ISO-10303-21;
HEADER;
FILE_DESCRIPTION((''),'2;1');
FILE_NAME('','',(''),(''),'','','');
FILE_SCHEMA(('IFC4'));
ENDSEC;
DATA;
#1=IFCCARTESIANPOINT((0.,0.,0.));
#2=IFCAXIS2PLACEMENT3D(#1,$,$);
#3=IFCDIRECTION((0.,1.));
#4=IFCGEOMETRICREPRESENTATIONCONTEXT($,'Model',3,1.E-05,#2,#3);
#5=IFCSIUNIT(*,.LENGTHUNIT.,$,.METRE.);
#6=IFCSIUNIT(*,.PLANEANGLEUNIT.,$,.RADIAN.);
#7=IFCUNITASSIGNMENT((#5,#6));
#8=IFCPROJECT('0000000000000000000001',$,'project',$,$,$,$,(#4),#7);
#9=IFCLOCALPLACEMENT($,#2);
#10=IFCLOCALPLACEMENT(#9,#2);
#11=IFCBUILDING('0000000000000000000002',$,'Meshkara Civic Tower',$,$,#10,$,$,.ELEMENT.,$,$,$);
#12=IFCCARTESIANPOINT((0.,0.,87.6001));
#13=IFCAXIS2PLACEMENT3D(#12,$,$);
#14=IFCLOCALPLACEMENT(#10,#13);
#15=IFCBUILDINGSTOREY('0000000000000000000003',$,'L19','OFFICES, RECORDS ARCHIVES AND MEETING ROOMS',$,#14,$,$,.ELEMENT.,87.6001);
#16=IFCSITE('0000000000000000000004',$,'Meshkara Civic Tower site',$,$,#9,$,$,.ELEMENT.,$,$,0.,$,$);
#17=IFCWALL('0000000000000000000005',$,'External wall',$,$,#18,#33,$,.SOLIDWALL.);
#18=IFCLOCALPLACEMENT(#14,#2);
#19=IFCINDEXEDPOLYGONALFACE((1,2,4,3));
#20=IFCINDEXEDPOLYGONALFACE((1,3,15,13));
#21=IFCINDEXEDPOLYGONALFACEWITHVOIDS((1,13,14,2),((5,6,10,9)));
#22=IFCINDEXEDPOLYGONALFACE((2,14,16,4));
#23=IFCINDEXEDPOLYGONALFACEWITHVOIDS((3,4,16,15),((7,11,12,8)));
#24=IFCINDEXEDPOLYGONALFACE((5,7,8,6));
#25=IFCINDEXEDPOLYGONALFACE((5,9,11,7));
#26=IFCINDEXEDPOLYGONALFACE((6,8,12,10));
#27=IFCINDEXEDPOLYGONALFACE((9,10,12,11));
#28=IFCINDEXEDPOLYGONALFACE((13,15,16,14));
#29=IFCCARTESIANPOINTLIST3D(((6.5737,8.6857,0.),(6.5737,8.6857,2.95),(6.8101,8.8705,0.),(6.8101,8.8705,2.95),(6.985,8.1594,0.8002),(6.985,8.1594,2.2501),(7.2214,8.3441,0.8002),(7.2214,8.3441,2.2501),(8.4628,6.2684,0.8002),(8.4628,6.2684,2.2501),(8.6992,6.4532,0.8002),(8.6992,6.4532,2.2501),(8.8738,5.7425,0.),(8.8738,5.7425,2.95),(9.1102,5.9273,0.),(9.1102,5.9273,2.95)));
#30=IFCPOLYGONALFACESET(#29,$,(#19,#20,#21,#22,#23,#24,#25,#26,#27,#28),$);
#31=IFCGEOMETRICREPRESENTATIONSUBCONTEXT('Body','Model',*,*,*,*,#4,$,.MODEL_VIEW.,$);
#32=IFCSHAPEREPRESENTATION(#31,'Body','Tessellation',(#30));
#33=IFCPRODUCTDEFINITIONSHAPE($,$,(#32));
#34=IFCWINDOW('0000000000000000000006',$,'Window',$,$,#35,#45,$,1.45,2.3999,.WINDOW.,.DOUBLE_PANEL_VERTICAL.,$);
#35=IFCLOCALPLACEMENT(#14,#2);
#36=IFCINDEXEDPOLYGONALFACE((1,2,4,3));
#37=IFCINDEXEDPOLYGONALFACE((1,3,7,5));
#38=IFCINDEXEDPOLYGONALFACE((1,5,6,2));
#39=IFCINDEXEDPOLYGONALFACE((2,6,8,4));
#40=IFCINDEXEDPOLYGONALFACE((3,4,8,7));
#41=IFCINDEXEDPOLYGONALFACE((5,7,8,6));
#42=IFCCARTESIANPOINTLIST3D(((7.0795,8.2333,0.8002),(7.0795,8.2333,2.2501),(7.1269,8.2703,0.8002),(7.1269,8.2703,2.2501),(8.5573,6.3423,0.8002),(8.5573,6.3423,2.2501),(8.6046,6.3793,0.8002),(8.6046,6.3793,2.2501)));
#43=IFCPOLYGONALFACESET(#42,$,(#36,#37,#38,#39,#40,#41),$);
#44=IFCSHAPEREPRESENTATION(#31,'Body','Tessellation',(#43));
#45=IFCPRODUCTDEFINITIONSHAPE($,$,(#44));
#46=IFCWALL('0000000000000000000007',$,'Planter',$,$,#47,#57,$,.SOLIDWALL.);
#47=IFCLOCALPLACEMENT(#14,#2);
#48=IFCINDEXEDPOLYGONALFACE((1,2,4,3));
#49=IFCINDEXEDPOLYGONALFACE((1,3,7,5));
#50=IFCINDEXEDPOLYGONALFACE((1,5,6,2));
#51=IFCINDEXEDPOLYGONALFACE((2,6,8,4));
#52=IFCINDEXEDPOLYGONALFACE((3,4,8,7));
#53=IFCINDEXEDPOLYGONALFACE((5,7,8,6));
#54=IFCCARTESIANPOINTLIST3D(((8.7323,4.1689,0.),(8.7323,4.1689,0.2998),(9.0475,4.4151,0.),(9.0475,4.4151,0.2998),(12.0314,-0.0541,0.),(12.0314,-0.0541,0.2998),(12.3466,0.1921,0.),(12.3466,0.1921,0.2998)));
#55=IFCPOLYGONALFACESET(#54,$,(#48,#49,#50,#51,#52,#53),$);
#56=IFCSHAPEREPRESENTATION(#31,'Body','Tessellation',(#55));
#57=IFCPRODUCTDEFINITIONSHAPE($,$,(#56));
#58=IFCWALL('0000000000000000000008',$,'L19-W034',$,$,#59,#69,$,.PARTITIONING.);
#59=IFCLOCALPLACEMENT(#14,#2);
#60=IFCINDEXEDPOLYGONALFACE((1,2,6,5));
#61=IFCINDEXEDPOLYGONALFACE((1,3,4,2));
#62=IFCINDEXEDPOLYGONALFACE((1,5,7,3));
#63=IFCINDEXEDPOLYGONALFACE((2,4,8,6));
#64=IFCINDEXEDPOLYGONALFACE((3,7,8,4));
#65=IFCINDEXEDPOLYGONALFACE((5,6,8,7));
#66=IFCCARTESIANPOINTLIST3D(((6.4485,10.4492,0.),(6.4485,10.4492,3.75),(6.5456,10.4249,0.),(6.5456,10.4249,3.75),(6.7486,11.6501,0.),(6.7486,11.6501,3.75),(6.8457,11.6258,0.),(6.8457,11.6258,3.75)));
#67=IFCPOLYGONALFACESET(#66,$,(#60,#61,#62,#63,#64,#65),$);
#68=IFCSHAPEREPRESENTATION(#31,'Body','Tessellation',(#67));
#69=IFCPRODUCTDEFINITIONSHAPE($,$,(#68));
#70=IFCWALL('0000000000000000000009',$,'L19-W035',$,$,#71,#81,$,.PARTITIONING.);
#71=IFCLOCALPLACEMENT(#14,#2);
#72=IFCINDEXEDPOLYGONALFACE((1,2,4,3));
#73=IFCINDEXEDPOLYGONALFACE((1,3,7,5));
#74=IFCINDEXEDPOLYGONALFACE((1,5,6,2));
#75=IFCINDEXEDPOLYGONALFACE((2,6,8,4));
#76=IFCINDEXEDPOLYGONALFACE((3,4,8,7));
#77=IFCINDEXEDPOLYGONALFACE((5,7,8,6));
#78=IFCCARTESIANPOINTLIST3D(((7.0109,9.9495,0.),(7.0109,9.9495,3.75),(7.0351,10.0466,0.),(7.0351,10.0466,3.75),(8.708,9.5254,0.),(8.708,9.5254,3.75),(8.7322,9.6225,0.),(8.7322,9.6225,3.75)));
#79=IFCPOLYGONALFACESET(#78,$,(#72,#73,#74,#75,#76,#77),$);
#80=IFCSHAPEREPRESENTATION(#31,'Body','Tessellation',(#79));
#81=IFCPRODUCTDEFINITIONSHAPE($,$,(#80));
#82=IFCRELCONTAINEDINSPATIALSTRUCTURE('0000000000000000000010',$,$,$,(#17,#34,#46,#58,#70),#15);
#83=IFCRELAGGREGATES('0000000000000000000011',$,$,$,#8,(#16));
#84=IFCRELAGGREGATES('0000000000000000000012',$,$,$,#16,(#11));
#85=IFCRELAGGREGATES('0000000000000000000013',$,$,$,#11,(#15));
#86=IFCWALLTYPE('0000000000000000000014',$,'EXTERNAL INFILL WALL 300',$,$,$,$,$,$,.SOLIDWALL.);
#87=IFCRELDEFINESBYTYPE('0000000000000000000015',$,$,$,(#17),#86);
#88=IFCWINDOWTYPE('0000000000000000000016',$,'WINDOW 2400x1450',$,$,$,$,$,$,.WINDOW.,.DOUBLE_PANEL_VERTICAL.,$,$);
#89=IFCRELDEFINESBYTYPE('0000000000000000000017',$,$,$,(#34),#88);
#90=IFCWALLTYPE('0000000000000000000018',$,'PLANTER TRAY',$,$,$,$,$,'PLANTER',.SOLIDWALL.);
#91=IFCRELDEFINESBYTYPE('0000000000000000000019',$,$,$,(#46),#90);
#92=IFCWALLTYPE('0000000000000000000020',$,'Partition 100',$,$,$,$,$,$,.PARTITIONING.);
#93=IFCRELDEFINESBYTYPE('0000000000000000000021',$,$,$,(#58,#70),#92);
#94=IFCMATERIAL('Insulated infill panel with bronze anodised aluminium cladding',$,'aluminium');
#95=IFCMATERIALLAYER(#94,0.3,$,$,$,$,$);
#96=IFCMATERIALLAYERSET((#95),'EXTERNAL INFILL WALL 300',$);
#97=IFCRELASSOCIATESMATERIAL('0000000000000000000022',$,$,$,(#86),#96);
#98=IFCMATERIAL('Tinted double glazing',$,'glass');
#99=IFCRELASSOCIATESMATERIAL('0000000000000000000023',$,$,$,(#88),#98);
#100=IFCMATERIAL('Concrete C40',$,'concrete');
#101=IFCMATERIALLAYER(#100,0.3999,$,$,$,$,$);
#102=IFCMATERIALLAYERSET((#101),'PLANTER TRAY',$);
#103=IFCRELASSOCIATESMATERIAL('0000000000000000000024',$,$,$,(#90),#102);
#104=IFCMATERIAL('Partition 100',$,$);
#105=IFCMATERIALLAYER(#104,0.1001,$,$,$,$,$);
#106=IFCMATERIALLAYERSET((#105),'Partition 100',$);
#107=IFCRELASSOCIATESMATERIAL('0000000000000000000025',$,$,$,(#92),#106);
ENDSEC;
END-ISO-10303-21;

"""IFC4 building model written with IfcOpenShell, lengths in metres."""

from ifc_helpers import new_model, si_unit, direction, frame, frame_2d, origin, place, context, subcontext, project, spatial, rectangle, extrude, material, layer, layer_set, type_object, element, fill, save


model = new_model("IFC4")

# Units and contexts
model_context = context("Model", 3, precision=1e-05, world=origin(), true_north=direction((0.0, 1.0)))
body_context = subcontext(model_context, "Body", "Model", "MODEL_VIEW")
ifc_project = project(units=[si_unit("LENGTHUNIT", "METRE"), si_unit("PLANEANGLEUNIT", "RADIAN")], contexts=[model_context])

# Site, building, storey
site_placement = place(None, origin())
site = spatial("IfcSite", under=ifc_project, at=site_placement, Name="Meshkara Civic Tower site", CompositionType="ELEMENT", RefElevation=0.0)
building_placement = place(site_placement, origin())
building = spatial("IfcBuilding", under=site, at=building_placement, Name="Meshkara Civic Tower", CompositionType="ELEMENT")
storey_placement = place(building_placement, frame((0.0, 0.0, 87.6001)))
storey = spatial("IfcBuildingStorey", under=building, at=storey_placement, Name="L19", Description="OFFICES, RECORDS ARCHIVES AND MEETING ROOMS", CompositionType="ELEMENT", Elevation=87.6001)

# Wall, opening, window
ifc_material_1 = material(Name="Insulated infill panel with bronze anodised aluminium cladding", Category="aluminium")
ifc_layer_1 = layer(ifc_material_1, 0.3)
ifc_layer_set_1 = layer_set([ifc_layer_1], Name="EXTERNAL INFILL WALL 300")
wall_type_1 = type_object("IfcWallType", Name="EXTERNAL INFILL WALL 300", PredefinedType="SOLIDWALL", material=ifc_layer_set_1)
wall_1_placement = place(storey_placement, frame((6.6919, 8.7781, 0.0), z_axis=(0.0, 0.0, 1.0), x_axis=(0.615767, -0.787928, 0.0)))
wall_1 = element("IfcWall", 1, at=wall_1_placement, inside=storey, type_object=wall_type_1, Name="External wall", PredefinedType="SOLIDWALL", context=body_context, shape_type="SweptSolid", body=[
    extrude(rectangle(XDim=3.7354, YDim=0.3, at=frame_2d((1.8677, 0.0))), origin(), (0.0, 0.0, 1.0), 2.95),
])
opening_1_placement = place(wall_1_placement, frame((0.668, 0.0, 0.8)))
opening_1 = element("IfcOpeningElement", 2, at=opening_1_placement, cuts=wall_1, PredefinedType="OPENING", context=body_context, shape_type="SweptSolid", body=[
    extrude(rectangle(XDim=2.3999, YDim=1.45, at=frame_2d((1.2, 0.7251))), frame((0.0, 0.1599, 0.0), z_axis=(0.0, -1.0, 0.0), x_axis=(1.0, 0.0, 0.0)), (0.0, 0.0, 1.0), 0.3201),
])
ifc_material_2 = material(Name="Tinted double glazing", Category="glass")
window_type = type_object("IfcWindowType", Name="WINDOW 2400x1450", PartitioningType="DOUBLE_PANEL_VERTICAL", PredefinedType="WINDOW", material=ifc_material_2)
window_placement = place(opening_1_placement, origin())
window = element("IfcWindow", 3, at=window_placement, inside=storey, type_object=window_type, Name="Window", OverallHeight=1.45, OverallWidth=2.3999, PartitioningType="DOUBLE_PANEL_VERTICAL", PredefinedType="WINDOW", context=body_context, shape_type="SweptSolid", body=[
    extrude(rectangle(XDim=2.3999, YDim=1.45, at=frame_2d((1.2, 0.7251))), frame((0.0, 0.03, 0.0), z_axis=(0.0, -1.0, 0.0), x_axis=(1.0, 0.0, 0.0)), (0.0, 0.0, 1.0), 0.0601),
])
fill(opening_1, window)

# Walls
ifc_material_3 = material(Name="Concrete C40", Category="concrete")
ifc_layer_2 = layer(ifc_material_3, 0.3999)
ifc_layer_set_2 = layer_set([ifc_layer_2], Name="PLANTER TRAY")
wall_type_2 = type_object("IfcWallType", Name="PLANTER TRAY", ElementType="PLANTER", PredefinedType="SOLIDWALL", material=ifc_layer_set_2)
wall_2_placement = place(storey_placement, frame((8.8899, 4.292, 0.0), z_axis=(0.0, 0.0, 1.0), x_axis=(0.615636, -0.788031, 0.0)))
element("IfcWall", 4, at=wall_2_placement, inside=storey, type_object=wall_type_2, Name="Planter", PredefinedType="SOLIDWALL", context=body_context, shape_type="SweptSolid", body=[
    extrude(rectangle(XDim=5.3589, YDim=0.3999, at=frame_2d((2.6794, 0.0))), origin(), (0.0, 0.0, 1.0), 0.2998),
])
ifc_material_4 = material(Name="Partition 100")
ifc_layer_3 = layer(ifc_material_4, 0.1001)
ifc_layer_set_3 = layer_set([ifc_layer_3], Name="Partition 100")
wall_type_3 = type_object("IfcWallType", Name="Partition 100", PredefinedType="PARTITIONING", material=ifc_layer_set_3)
wall_3_placement = place(storey_placement, frame((6.7971, 11.6379, 0.0), z_axis=(0.0, 0.0, 1.0), x_axis=(-0.242396, -0.970177, 0.0)))
element("IfcWall", 5, at=wall_3_placement, inside=storey, type_object=wall_type_3, Name="L19-W034", PredefinedType="PARTITIONING", context=body_context, shape_type="SweptSolid", body=[
    extrude(rectangle(XDim=1.2378, YDim=0.1001, at=frame_2d((0.6189, 0.0))), origin(), (0.0, 0.0, 1.0), 3.75),
])
wall_4_placement = place(storey_placement, frame((8.72, 9.574, 0.0), z_axis=(0.0, 0.0, 1.0), x_axis=(-0.970167, 0.242437, 0.0)))
element("IfcWall", 6, at=wall_4_placement, inside=storey, type_object=wall_type_3, Name="L19-W035", PredefinedType="PARTITIONING", context=body_context, shape_type="SweptSolid", body=[
    extrude(rectangle(XDim=1.7493, YDim=0.1001, at=frame_2d((0.8745, 0.0))), origin(), (0.0, 0.0, 1.0), 3.75),
])

save(model, "model.ifc")
